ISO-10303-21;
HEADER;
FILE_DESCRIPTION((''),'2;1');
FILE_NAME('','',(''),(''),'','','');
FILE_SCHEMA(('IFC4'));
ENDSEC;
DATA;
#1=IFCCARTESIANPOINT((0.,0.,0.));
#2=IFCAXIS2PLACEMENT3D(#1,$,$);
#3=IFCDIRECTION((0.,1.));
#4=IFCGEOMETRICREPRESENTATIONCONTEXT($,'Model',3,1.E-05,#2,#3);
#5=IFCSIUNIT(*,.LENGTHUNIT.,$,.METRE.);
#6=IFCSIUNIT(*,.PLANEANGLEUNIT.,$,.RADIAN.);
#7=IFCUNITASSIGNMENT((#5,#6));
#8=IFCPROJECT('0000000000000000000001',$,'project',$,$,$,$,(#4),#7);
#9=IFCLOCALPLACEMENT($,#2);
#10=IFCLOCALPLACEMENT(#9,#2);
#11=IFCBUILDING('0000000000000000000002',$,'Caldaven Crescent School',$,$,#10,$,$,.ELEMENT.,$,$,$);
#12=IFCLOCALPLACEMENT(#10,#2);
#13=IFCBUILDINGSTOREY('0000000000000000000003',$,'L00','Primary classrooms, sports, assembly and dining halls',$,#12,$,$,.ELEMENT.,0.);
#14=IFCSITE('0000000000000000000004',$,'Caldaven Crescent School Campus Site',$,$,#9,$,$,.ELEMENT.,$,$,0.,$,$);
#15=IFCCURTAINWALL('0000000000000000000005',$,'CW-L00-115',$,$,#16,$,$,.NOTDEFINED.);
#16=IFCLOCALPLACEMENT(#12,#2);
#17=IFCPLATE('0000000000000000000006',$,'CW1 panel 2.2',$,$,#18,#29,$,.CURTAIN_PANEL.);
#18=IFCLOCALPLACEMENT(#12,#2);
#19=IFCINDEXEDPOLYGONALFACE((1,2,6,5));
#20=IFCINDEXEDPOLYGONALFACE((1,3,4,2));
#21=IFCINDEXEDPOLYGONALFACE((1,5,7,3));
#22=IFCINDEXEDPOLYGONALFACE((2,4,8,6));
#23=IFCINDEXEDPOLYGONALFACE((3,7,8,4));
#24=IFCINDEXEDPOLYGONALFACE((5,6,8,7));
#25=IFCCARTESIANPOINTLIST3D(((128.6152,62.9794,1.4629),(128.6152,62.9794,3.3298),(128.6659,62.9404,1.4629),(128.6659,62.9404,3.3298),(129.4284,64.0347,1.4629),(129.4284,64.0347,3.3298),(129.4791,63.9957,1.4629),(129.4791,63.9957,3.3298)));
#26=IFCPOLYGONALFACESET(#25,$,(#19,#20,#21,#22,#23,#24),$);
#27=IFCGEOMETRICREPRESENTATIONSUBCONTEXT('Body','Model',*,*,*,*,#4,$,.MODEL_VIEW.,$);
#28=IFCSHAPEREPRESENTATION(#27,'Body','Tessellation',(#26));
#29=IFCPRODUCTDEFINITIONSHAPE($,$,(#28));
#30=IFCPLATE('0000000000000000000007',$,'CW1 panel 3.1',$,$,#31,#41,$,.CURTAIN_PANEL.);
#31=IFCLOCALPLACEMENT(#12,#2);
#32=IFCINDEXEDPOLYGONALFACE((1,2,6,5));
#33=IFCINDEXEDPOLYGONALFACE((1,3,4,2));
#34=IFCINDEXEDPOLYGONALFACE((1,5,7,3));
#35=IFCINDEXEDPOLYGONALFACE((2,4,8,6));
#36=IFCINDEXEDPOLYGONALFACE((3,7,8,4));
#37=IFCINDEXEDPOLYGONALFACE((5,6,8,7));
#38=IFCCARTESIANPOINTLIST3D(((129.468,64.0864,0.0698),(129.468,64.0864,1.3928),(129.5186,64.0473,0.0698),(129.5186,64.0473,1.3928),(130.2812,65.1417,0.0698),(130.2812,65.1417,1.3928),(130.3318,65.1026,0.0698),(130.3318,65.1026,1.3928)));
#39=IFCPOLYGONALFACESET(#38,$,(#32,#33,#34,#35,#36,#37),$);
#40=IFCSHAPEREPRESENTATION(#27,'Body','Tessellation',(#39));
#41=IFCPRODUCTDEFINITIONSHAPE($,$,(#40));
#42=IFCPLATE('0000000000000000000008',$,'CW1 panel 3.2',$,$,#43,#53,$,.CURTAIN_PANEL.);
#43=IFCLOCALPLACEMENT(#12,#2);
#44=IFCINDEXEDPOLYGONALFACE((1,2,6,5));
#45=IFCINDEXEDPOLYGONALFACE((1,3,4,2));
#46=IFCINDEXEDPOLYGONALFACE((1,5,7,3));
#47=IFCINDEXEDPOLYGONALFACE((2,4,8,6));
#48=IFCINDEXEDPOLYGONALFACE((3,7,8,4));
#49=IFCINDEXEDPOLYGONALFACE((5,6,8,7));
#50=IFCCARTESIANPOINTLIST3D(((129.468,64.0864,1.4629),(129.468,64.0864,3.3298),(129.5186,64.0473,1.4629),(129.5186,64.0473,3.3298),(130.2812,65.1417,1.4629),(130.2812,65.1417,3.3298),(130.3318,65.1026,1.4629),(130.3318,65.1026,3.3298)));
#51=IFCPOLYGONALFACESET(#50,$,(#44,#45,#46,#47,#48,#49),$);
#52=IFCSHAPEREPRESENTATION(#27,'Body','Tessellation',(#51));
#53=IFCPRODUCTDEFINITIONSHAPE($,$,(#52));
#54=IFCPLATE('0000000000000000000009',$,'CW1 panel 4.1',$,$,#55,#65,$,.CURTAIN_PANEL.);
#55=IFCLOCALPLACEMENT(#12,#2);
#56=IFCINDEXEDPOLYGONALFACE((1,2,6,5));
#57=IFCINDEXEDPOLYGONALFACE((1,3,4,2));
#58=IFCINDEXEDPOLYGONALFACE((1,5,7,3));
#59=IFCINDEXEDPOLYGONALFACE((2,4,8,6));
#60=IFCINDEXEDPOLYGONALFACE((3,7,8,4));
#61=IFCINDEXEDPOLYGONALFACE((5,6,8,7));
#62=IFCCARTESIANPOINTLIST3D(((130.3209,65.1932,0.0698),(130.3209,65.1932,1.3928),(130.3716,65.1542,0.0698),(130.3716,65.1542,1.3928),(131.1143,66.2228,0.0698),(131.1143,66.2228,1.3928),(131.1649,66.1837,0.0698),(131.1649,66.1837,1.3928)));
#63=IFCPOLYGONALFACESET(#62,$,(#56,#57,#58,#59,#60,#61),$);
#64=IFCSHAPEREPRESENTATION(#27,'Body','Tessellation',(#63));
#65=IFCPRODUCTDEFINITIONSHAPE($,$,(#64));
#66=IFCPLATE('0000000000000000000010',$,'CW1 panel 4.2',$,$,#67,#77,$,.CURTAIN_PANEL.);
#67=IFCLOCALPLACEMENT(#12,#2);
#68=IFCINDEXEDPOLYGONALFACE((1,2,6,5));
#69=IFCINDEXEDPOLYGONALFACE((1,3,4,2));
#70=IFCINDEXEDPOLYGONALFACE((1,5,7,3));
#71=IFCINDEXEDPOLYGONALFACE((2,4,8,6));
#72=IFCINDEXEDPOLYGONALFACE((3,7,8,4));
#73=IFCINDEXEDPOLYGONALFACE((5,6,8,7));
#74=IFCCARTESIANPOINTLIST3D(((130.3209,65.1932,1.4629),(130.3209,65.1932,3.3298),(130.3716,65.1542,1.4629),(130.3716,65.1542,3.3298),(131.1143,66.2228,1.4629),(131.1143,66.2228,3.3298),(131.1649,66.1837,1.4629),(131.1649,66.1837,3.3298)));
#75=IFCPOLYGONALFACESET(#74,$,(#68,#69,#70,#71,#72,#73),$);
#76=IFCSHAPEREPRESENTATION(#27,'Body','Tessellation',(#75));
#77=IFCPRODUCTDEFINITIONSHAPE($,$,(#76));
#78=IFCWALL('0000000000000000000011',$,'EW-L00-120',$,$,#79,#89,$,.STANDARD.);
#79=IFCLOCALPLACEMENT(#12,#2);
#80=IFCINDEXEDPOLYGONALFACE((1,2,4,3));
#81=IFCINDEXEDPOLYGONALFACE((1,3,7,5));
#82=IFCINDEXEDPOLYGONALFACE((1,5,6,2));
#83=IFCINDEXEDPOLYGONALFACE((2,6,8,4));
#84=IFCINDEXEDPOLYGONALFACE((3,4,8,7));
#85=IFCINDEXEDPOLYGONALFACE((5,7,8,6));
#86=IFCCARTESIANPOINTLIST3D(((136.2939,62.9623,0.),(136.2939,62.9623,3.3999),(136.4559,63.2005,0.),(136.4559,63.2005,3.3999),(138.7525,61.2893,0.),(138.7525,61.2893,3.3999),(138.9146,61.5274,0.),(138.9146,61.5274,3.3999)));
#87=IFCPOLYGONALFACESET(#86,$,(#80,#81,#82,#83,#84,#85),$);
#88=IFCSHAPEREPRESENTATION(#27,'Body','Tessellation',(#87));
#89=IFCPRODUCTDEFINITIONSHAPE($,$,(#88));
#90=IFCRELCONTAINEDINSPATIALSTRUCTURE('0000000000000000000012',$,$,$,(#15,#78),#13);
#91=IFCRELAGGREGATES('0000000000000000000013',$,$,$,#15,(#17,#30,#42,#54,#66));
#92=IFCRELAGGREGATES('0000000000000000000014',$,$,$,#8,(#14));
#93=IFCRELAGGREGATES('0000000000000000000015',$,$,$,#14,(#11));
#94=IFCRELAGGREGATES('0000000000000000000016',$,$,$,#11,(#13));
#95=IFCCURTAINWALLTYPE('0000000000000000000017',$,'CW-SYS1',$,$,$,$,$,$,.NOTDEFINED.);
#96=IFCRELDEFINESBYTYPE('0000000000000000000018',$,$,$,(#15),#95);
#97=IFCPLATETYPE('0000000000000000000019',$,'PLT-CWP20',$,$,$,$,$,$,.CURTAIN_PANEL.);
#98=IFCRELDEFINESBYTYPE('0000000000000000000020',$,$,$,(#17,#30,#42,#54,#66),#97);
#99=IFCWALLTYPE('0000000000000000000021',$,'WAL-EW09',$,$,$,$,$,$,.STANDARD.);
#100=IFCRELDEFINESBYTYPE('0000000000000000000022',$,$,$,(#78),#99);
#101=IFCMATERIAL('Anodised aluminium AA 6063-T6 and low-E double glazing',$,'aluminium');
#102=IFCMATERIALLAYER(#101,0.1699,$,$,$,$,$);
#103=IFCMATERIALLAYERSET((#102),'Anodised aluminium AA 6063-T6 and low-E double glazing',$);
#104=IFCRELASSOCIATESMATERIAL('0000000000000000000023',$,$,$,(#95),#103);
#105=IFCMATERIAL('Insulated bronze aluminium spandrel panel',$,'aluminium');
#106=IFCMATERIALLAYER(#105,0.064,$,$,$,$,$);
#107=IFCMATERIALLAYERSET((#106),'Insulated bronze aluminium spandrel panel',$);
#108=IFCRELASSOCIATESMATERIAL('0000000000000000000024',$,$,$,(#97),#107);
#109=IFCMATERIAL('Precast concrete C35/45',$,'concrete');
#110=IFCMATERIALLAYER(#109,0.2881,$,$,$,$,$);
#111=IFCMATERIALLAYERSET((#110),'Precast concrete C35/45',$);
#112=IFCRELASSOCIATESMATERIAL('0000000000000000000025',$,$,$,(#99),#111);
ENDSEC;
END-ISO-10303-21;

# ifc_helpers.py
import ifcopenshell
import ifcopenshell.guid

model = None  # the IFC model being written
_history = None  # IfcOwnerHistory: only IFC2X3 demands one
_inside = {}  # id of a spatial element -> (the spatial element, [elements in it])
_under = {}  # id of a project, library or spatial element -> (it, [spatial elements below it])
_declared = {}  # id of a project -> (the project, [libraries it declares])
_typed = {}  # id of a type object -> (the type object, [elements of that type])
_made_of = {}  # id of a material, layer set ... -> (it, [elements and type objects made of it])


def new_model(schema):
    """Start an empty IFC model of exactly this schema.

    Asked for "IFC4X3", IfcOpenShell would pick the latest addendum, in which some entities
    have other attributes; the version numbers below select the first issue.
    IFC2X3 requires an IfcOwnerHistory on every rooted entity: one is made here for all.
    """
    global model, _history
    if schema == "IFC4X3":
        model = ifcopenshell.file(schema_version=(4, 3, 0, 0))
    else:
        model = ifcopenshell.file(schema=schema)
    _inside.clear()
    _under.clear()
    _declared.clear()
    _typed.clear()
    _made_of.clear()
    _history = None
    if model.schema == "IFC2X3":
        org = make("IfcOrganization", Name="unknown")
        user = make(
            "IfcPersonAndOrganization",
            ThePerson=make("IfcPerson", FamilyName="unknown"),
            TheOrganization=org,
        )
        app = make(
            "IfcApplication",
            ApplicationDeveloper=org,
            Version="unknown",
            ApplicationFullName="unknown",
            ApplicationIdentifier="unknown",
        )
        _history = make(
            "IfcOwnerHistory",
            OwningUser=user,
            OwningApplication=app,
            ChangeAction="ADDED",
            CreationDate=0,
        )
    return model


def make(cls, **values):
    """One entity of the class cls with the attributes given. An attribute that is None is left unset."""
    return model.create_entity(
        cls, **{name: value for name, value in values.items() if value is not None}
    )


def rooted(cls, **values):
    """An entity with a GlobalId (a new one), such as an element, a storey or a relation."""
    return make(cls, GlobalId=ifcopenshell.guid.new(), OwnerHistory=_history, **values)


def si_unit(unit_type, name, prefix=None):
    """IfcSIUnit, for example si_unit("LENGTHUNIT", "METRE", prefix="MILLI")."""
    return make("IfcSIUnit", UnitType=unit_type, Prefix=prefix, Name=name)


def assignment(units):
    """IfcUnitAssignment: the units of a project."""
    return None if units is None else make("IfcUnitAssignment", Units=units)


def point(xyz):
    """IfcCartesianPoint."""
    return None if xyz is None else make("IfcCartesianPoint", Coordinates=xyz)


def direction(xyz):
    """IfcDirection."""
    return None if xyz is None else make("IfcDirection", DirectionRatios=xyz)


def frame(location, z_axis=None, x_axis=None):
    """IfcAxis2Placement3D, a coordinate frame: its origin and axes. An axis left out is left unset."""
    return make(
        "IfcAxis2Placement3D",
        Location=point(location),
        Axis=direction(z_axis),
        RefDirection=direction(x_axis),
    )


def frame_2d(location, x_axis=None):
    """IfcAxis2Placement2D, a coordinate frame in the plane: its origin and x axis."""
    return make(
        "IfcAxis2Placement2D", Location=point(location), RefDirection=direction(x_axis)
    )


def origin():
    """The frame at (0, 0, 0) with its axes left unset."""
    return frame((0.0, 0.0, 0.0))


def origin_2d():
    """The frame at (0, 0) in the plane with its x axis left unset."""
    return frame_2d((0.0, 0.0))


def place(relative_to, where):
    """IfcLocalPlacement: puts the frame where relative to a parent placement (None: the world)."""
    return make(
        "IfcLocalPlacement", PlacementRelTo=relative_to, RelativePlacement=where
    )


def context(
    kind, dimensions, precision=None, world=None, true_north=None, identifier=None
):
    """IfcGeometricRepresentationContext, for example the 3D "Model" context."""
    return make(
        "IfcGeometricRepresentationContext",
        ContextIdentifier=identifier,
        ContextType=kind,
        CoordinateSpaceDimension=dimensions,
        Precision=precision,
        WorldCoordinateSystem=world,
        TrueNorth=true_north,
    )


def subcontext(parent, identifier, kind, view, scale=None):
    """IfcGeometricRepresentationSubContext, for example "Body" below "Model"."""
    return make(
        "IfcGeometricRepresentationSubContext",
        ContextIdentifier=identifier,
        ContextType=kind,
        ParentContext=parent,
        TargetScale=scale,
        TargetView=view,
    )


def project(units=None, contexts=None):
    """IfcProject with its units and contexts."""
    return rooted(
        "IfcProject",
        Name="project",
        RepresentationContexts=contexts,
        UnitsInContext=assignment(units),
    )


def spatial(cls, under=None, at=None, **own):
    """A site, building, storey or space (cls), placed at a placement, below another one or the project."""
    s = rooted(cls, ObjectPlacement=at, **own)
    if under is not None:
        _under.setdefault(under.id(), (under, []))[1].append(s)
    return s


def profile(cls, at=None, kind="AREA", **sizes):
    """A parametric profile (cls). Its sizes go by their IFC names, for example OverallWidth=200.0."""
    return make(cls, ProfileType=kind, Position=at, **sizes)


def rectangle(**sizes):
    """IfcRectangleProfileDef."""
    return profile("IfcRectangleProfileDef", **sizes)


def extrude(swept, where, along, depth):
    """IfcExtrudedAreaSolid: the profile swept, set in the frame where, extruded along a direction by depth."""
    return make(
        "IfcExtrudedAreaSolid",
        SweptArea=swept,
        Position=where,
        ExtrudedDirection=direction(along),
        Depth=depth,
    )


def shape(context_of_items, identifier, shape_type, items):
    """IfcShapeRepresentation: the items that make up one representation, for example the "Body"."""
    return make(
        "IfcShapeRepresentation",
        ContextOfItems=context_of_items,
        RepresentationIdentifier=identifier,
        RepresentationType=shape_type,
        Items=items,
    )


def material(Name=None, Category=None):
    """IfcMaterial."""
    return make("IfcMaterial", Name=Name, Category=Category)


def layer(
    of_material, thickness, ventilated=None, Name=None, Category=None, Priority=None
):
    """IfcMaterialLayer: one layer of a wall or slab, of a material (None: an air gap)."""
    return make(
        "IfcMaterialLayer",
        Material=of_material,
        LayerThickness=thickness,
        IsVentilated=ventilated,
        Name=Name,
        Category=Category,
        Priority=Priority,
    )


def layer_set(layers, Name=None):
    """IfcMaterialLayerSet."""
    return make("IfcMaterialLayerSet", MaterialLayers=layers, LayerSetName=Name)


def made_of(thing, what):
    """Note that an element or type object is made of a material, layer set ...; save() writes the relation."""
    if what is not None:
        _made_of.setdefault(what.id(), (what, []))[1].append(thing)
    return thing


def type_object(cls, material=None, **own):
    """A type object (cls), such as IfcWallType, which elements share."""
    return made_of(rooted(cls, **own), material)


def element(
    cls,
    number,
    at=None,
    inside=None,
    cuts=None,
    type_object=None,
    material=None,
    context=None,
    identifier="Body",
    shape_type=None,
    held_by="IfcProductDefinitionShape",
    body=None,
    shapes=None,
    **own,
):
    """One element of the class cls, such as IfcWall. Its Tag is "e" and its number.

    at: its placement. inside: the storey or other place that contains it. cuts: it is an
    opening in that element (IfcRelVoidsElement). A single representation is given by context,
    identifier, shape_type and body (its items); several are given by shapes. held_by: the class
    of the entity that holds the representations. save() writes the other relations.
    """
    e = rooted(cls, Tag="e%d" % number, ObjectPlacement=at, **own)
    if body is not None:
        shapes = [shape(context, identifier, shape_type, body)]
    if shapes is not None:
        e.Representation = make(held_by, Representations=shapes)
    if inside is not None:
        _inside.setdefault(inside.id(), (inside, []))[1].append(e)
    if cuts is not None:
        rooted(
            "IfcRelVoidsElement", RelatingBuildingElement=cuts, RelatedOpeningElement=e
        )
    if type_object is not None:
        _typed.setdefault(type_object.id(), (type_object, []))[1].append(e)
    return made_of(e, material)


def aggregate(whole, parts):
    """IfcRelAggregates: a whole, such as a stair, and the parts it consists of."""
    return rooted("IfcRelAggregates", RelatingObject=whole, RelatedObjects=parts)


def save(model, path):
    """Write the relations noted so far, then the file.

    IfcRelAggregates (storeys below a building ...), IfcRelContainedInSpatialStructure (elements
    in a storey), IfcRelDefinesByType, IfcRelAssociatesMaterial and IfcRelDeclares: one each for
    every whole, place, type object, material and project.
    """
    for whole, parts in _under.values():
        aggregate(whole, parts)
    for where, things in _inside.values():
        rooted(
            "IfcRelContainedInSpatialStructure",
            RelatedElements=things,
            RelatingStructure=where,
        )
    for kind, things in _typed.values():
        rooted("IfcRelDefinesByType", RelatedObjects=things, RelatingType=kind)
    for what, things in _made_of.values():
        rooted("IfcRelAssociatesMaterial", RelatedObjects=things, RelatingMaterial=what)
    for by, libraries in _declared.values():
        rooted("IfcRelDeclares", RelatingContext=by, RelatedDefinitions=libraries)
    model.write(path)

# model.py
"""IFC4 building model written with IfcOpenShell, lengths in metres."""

from ifc_helpers import new_model, si_unit, direction, frame, frame_2d, origin, origin_2d, place, context, subcontext, project, spatial, rectangle, extrude, material, layer, layer_set, type_object, element, aggregate, save


model = new_model("IFC4")

# Units and contexts
model_context = context("Model", 3, precision=1e-05, world=origin(), true_north=direction((0.0, 1.0)))
body_context = subcontext(model_context, "Body", "Model", "MODEL_VIEW")
ifc_project = project(units=[si_unit("LENGTHUNIT", "METRE"), si_unit("PLANEANGLEUNIT", "RADIAN")], contexts=[model_context])

# Site, building, storey
site_placement = place(None, origin())
site = spatial("IfcSite", under=ifc_project, at=site_placement, Name="Caldaven Crescent School Campus Site", CompositionType="ELEMENT", RefElevation=0.0)
building_placement = place(site_placement, origin())
building = spatial("IfcBuilding", under=site, at=building_placement, Name="Caldaven Crescent School", CompositionType="ELEMENT")
storey_placement = place(building_placement, origin())
storey = spatial("IfcBuildingStorey", under=building, at=storey_placement, Name="L00", Description="Primary classrooms, sports, assembly and dining halls", CompositionType="ELEMENT", Elevation=0.0)

# Curtain wall
ifc_material_1 = material(Name="Anodised aluminium AA 6063-T6 and low-E double glazing", Category="aluminium")
ifc_layer_1 = layer(ifc_material_1, 0.1699)
ifc_layer_set_1 = layer_set([ifc_layer_1], Name="Anodised aluminium AA 6063-T6 and low-E double glazing")
curtain_wall_type = type_object("IfcCurtainWallType", Name="CW-SYS1", PredefinedType="NOTDEFINED", material=ifc_layer_set_1)
curtain_wall_placement = place(storey_placement, origin())
curtain_wall = element("IfcCurtainWall", 1, at=curtain_wall_placement, inside=storey, type_object=curtain_wall_type, Name="CW-L00-115", PredefinedType="NOTDEFINED")

# Plates
ifc_material_2 = material(Name="Insulated bronze aluminium spandrel panel", Category="aluminium")
ifc_layer_2 = layer(ifc_material_2, 0.064)
ifc_layer_set_2 = layer_set([ifc_layer_2], Name="Insulated bronze aluminium spandrel panel")
plate_type_1 = type_object("IfcPlateType", Name="PLT-CWP20", PredefinedType="CURTAIN_PANEL", material=ifc_layer_set_2)
plate_1_placement = place(storey_placement, frame((129.0471, 63.4875, 1.4629), z_axis=(0.0, 0.0, 1.0), x_axis=(0.610387, 0.792103, 0.0)))
plate_1 = element("IfcPlate", 2, at=plate_1_placement, type_object=plate_type_1, Name="CW1 panel 2.2", PredefinedType="CURTAIN_PANEL", context=body_context, shape_type="SweptSolid", body=[
    extrude(rectangle(XDim=1.3323, YDim=0.064, at=origin_2d()), origin(), (0.0, 0.0, 1.0), 1.8669),
])
plate_2_placement = place(storey_placement, frame((129.8999, 64.5945, 0.0698), z_axis=(0.0, 0.0, 1.0), x_axis=(0.610387, 0.792103, 0.0)))
plate_2 = element("IfcPlate", 3, at=plate_2_placement, type_object=plate_type_1, Name="CW1 panel 3.1", PredefinedType="CURTAIN_PANEL", context=body_context, shape_type="SweptSolid", body=[
    extrude(rectangle(XDim=1.3323, YDim=0.064, at=origin_2d()), origin(), (0.0, 0.0, 1.0), 1.323),
])
plate_3_placement = place(storey_placement, frame((129.8999, 64.5945, 1.4629), z_axis=(0.0, 0.0, 1.0), x_axis=(0.610387, 0.792103, 0.0)))
plate_3 = element("IfcPlate", 4, at=plate_3_placement, type_object=plate_type_1, Name="CW1 panel 3.2", PredefinedType="CURTAIN_PANEL", context=body_context, shape_type="SweptSolid", body=[
    extrude(rectangle(XDim=1.3323, YDim=0.064, at=origin_2d()), origin(), (0.0, 0.0, 1.0), 1.8669),
])
plate_4_placement = place(storey_placement, frame((130.7429, 65.6885, 0.0698), z_axis=(0.0, 0.0, 1.0), x_axis=(0.610387, 0.792103, 0.0)))
plate_4 = element("IfcPlate", 5, at=plate_4_placement, type_object=plate_type_1, Name="CW1 panel 4.1", PredefinedType="CURTAIN_PANEL", context=body_context, shape_type="SweptSolid", body=[
    extrude(rectangle(XDim=1.2998, YDim=0.064, at=origin_2d()), origin(), (0.0, 0.0, 1.0), 1.323),
])
plate_5_placement = place(storey_placement, frame((130.7429, 65.6885, 1.4629), z_axis=(0.0, 0.0, 1.0), x_axis=(0.610387, 0.792103, 0.0)))
plate_5 = element("IfcPlate", 6, at=plate_5_placement, type_object=plate_type_1, Name="CW1 panel 4.2", PredefinedType="CURTAIN_PANEL", context=body_context, shape_type="SweptSolid", body=[
    extrude(rectangle(XDim=1.2998, YDim=0.064, at=origin_2d()), origin(), (0.0, 0.0, 1.0), 1.8669),
])
aggregate(curtain_wall, [plate_1, plate_2, plate_3, plate_4, plate_5])

# Wall
ifc_material_3 = material(Name="Precast concrete C35/45", Category="concrete")
ifc_layer_3 = layer(ifc_material_3, 0.2881)
ifc_layer_set_3 = layer_set([ifc_layer_3], Name="Precast concrete C35/45")
wall_type = type_object("IfcWallType", Name="WAL-EW09", PredefinedType="STANDARD", material=ifc_layer_set_3)
wall_placement = place(storey_placement, frame((136.375, 63.0813, 0.0), z_axis=(0.0, 0.0, 1.0), x_axis=(0.826746, -0.562575, 0.0)))
element("IfcWall", 7, at=wall_placement, inside=storey, type_object=wall_type, Name="EW-L00-120", PredefinedType="STANDARD", context=body_context, shape_type="SweptSolid", body=[
    extrude(rectangle(XDim=2.9739, YDim=0.2881, at=frame_2d((1.4868, 0.0))), origin(), (0.0, 0.0, 1.0), 3.3999),
])

save(model, "model.ifc")
